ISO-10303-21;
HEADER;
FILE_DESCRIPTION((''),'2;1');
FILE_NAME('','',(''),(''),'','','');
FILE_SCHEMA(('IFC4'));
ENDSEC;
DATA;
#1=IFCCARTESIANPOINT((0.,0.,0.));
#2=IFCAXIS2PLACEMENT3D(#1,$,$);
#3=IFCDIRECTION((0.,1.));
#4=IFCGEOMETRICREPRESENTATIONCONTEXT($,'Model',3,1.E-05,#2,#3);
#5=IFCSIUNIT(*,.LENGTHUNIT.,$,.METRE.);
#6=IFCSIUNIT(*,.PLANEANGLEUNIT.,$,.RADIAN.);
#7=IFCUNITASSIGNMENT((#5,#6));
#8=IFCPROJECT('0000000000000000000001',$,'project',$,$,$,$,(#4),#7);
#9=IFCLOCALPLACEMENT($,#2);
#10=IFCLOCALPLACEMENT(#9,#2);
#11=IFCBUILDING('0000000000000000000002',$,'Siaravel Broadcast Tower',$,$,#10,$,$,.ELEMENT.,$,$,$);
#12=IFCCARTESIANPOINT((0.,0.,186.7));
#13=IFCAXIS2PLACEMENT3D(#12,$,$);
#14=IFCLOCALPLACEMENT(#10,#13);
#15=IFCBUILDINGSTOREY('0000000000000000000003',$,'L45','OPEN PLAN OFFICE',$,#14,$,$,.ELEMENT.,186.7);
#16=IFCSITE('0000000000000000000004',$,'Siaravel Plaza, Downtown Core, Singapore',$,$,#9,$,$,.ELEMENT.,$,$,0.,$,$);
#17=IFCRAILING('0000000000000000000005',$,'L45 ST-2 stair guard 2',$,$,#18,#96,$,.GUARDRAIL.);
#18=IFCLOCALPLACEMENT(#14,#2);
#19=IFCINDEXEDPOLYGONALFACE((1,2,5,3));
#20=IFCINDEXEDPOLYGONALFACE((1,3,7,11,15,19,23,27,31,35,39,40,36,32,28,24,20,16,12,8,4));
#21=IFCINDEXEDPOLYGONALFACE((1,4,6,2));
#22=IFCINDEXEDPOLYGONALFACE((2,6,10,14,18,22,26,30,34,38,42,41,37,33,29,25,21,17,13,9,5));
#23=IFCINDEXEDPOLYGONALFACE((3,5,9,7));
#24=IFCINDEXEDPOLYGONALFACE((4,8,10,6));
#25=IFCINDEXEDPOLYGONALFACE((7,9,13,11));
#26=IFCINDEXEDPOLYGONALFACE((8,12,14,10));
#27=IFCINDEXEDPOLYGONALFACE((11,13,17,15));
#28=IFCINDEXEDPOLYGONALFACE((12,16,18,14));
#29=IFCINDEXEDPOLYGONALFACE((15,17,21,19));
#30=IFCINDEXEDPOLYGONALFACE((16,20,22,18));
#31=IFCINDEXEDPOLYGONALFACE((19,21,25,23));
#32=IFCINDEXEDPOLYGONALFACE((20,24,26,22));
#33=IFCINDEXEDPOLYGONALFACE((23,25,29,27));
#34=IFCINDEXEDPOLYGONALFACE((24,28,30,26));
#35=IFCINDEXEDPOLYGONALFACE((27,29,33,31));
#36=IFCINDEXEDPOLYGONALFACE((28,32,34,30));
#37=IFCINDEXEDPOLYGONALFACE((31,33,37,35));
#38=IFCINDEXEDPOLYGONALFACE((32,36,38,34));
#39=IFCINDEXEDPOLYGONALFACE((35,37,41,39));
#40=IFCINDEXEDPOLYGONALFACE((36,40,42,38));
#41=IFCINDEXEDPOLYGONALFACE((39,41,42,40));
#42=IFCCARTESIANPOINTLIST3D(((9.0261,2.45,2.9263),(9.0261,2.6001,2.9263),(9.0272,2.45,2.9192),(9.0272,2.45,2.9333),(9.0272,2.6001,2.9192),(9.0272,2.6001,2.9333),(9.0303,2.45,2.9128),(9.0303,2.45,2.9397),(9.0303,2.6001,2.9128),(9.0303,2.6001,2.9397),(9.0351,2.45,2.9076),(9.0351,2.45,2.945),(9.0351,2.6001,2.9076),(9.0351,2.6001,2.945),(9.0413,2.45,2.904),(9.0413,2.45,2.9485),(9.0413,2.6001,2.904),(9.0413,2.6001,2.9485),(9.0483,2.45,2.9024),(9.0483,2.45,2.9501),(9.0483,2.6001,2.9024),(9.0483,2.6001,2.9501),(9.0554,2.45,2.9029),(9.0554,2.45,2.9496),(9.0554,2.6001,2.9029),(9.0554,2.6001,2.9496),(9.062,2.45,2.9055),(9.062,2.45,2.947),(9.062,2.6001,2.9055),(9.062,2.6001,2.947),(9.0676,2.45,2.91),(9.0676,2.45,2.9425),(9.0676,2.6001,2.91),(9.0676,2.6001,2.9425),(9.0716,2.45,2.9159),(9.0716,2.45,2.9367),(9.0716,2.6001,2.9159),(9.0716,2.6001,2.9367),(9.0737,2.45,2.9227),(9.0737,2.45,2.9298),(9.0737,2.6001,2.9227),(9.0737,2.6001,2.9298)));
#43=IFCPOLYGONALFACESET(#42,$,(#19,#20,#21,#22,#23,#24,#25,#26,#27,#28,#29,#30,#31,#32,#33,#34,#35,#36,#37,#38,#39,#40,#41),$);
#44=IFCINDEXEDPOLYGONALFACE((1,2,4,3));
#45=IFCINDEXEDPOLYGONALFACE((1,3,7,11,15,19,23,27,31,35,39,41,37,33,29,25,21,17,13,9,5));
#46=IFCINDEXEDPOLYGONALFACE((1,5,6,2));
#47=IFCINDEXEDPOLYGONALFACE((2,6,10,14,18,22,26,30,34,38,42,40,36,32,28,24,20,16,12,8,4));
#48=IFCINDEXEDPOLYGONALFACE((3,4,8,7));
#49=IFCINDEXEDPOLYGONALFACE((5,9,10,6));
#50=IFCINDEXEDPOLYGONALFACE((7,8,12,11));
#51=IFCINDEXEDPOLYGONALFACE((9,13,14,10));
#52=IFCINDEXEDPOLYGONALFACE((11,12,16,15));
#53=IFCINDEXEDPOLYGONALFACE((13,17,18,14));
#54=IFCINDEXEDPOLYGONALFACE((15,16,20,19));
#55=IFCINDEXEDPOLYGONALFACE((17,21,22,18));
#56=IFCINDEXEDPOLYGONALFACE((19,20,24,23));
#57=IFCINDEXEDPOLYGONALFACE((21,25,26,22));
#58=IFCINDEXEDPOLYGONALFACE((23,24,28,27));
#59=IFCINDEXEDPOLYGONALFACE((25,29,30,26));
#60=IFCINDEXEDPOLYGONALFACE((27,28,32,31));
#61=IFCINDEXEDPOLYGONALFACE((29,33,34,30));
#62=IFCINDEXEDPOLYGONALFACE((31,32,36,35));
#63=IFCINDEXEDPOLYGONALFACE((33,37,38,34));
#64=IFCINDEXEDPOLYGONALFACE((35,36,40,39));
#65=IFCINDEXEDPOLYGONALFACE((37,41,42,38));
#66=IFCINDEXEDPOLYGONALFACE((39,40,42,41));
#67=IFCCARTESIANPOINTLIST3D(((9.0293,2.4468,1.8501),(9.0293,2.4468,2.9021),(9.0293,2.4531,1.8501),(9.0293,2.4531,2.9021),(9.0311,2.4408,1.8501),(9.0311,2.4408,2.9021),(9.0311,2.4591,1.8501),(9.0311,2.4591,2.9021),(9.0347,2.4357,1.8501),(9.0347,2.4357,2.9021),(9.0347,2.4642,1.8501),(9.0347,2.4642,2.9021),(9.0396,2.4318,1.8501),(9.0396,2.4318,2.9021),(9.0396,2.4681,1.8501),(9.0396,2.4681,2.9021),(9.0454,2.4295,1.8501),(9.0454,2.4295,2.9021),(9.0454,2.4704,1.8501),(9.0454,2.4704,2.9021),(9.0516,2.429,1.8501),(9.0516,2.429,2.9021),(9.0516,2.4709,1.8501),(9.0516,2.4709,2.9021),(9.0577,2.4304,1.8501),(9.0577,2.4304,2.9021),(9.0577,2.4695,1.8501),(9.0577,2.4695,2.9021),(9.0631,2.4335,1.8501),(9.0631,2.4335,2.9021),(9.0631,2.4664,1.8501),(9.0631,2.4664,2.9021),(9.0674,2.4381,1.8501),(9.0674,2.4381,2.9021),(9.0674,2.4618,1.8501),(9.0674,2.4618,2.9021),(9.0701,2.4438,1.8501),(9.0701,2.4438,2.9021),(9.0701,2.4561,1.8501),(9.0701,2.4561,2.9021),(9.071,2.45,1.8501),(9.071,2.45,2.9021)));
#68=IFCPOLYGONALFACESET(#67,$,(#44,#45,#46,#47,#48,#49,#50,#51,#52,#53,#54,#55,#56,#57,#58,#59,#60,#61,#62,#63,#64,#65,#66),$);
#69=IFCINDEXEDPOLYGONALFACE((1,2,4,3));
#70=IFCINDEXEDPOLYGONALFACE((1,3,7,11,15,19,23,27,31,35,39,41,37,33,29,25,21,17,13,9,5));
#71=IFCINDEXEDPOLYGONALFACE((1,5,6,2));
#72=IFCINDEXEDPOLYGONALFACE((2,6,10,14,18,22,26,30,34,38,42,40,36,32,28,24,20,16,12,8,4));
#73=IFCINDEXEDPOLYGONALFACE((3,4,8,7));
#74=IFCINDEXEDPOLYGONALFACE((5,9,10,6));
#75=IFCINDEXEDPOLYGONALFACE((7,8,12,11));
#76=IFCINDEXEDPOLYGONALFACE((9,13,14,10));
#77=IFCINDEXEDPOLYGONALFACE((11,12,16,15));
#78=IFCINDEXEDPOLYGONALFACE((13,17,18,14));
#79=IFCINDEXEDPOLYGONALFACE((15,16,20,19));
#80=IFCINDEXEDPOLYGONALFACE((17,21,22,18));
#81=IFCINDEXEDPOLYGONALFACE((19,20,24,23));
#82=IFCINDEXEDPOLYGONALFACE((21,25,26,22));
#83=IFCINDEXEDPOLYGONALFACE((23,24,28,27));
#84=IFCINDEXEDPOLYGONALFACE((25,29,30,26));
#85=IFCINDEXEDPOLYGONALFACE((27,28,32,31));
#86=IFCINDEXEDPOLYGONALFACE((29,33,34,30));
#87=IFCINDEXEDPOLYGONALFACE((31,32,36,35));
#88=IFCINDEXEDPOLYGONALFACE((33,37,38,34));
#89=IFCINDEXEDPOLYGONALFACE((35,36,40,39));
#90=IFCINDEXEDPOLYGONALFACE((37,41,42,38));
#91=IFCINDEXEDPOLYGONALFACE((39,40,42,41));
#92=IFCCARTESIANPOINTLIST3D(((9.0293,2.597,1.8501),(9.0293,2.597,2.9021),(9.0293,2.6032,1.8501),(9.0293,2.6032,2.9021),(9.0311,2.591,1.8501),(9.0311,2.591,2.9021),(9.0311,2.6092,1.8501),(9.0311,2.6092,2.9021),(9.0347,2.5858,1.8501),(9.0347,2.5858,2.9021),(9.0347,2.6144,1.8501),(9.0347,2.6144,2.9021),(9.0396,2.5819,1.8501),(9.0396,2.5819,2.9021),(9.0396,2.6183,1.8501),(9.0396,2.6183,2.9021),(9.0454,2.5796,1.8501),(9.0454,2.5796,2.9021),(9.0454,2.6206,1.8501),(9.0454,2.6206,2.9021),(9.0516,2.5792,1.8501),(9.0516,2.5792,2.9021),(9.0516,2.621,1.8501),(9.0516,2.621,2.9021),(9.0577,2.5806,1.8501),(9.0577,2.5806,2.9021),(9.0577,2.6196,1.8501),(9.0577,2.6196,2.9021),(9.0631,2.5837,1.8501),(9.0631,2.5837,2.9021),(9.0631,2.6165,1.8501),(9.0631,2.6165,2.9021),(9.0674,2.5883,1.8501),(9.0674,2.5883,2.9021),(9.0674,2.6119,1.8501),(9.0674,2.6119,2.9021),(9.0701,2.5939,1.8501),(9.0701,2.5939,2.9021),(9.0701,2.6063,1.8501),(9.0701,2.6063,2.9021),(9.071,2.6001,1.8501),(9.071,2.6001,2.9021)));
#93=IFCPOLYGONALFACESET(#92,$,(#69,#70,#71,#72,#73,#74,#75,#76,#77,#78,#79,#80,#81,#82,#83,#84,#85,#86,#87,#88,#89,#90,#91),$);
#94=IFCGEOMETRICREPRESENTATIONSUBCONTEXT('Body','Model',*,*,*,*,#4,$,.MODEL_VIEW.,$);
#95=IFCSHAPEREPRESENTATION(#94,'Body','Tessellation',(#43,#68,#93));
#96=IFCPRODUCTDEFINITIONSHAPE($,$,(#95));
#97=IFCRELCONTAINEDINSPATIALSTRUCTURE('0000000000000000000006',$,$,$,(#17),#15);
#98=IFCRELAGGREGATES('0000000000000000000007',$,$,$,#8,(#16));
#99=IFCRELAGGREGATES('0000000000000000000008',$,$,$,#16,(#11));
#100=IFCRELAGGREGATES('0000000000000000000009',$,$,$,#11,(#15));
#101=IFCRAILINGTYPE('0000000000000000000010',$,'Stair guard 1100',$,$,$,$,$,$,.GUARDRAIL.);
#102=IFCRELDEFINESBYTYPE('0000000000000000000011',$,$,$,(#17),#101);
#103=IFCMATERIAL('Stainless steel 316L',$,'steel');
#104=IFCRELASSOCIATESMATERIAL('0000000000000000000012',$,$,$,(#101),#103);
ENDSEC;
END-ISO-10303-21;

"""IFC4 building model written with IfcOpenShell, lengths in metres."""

from ifc_helpers import new_model, si_unit, direction, frame, origin, origin_2d, place, context, subcontext, project, spatial, circle, extrude, material, type_object, element, save


model = new_model("IFC4")

# Units and contexts
model_context = context("Model", 3, precision=1e-05, world=origin(), true_north=direction((0.0, 1.0)))
body_context = subcontext(model_context, "Body", "Model", "MODEL_VIEW")
ifc_project = project(units=[si_unit("LENGTHUNIT", "METRE"), si_unit("PLANEANGLEUNIT", "RADIAN")], contexts=[model_context])

# Site, building, storey
site_placement = place(None, origin())
site = spatial("IfcSite", under=ifc_project, at=site_placement, Name="Siaravel Plaza, Downtown Core, Singapore", CompositionType="ELEMENT", RefElevation=0.0)
building_placement = place(site_placement, origin())
building = spatial("IfcBuilding", under=site, at=building_placement, Name="Siaravel Broadcast Tower", CompositionType="ELEMENT")
storey_placement = place(building_placement, frame((0.0, 0.0, 186.7)))
storey = spatial("IfcBuildingStorey", under=building, at=storey_placement, Name="L45", Description="OPEN PLAN OFFICE", CompositionType="ELEMENT", Elevation=186.7)

# Railing
ifc_material_1 = material(Name="Stainless steel 316L", Category="steel")
railing_type_1 = type_object("IfcRailingType", Name="Stair guard 1100", PredefinedType="GUARDRAIL", material=ifc_material_1)
railing_1_placement = place(storey_placement, frame((9.05, 2.45, 1.8501)))
element("IfcRailing", 1, at=railing_1_placement, inside=storey, type_object=railing_type_1, Name="L45 ST-2 stair guard 2", PredefinedType="GUARDRAIL", context=body_context, shape_type="SweptSolid", body=[
    extrude(circle(Radius=0.0239, at=origin_2d()), frame((0.0, 0.0, 1.0762), z_axis=(0.0, 1.0, 0.0), x_axis=(-1.0, 0.0, 0.0)), (0.0, 0.0, 1.0), 0.1501),
    extrude(circle(Radius=0.021, at=origin_2d()), origin(), (0.0, 0.0, 1.0), 1.052),
    extrude(circle(Radius=0.021, at=origin_2d()), frame((0.0, 0.1501, 0.0)), (0.0, 0.0, 1.0), 1.052),
])

save(model, "model.ifc")
